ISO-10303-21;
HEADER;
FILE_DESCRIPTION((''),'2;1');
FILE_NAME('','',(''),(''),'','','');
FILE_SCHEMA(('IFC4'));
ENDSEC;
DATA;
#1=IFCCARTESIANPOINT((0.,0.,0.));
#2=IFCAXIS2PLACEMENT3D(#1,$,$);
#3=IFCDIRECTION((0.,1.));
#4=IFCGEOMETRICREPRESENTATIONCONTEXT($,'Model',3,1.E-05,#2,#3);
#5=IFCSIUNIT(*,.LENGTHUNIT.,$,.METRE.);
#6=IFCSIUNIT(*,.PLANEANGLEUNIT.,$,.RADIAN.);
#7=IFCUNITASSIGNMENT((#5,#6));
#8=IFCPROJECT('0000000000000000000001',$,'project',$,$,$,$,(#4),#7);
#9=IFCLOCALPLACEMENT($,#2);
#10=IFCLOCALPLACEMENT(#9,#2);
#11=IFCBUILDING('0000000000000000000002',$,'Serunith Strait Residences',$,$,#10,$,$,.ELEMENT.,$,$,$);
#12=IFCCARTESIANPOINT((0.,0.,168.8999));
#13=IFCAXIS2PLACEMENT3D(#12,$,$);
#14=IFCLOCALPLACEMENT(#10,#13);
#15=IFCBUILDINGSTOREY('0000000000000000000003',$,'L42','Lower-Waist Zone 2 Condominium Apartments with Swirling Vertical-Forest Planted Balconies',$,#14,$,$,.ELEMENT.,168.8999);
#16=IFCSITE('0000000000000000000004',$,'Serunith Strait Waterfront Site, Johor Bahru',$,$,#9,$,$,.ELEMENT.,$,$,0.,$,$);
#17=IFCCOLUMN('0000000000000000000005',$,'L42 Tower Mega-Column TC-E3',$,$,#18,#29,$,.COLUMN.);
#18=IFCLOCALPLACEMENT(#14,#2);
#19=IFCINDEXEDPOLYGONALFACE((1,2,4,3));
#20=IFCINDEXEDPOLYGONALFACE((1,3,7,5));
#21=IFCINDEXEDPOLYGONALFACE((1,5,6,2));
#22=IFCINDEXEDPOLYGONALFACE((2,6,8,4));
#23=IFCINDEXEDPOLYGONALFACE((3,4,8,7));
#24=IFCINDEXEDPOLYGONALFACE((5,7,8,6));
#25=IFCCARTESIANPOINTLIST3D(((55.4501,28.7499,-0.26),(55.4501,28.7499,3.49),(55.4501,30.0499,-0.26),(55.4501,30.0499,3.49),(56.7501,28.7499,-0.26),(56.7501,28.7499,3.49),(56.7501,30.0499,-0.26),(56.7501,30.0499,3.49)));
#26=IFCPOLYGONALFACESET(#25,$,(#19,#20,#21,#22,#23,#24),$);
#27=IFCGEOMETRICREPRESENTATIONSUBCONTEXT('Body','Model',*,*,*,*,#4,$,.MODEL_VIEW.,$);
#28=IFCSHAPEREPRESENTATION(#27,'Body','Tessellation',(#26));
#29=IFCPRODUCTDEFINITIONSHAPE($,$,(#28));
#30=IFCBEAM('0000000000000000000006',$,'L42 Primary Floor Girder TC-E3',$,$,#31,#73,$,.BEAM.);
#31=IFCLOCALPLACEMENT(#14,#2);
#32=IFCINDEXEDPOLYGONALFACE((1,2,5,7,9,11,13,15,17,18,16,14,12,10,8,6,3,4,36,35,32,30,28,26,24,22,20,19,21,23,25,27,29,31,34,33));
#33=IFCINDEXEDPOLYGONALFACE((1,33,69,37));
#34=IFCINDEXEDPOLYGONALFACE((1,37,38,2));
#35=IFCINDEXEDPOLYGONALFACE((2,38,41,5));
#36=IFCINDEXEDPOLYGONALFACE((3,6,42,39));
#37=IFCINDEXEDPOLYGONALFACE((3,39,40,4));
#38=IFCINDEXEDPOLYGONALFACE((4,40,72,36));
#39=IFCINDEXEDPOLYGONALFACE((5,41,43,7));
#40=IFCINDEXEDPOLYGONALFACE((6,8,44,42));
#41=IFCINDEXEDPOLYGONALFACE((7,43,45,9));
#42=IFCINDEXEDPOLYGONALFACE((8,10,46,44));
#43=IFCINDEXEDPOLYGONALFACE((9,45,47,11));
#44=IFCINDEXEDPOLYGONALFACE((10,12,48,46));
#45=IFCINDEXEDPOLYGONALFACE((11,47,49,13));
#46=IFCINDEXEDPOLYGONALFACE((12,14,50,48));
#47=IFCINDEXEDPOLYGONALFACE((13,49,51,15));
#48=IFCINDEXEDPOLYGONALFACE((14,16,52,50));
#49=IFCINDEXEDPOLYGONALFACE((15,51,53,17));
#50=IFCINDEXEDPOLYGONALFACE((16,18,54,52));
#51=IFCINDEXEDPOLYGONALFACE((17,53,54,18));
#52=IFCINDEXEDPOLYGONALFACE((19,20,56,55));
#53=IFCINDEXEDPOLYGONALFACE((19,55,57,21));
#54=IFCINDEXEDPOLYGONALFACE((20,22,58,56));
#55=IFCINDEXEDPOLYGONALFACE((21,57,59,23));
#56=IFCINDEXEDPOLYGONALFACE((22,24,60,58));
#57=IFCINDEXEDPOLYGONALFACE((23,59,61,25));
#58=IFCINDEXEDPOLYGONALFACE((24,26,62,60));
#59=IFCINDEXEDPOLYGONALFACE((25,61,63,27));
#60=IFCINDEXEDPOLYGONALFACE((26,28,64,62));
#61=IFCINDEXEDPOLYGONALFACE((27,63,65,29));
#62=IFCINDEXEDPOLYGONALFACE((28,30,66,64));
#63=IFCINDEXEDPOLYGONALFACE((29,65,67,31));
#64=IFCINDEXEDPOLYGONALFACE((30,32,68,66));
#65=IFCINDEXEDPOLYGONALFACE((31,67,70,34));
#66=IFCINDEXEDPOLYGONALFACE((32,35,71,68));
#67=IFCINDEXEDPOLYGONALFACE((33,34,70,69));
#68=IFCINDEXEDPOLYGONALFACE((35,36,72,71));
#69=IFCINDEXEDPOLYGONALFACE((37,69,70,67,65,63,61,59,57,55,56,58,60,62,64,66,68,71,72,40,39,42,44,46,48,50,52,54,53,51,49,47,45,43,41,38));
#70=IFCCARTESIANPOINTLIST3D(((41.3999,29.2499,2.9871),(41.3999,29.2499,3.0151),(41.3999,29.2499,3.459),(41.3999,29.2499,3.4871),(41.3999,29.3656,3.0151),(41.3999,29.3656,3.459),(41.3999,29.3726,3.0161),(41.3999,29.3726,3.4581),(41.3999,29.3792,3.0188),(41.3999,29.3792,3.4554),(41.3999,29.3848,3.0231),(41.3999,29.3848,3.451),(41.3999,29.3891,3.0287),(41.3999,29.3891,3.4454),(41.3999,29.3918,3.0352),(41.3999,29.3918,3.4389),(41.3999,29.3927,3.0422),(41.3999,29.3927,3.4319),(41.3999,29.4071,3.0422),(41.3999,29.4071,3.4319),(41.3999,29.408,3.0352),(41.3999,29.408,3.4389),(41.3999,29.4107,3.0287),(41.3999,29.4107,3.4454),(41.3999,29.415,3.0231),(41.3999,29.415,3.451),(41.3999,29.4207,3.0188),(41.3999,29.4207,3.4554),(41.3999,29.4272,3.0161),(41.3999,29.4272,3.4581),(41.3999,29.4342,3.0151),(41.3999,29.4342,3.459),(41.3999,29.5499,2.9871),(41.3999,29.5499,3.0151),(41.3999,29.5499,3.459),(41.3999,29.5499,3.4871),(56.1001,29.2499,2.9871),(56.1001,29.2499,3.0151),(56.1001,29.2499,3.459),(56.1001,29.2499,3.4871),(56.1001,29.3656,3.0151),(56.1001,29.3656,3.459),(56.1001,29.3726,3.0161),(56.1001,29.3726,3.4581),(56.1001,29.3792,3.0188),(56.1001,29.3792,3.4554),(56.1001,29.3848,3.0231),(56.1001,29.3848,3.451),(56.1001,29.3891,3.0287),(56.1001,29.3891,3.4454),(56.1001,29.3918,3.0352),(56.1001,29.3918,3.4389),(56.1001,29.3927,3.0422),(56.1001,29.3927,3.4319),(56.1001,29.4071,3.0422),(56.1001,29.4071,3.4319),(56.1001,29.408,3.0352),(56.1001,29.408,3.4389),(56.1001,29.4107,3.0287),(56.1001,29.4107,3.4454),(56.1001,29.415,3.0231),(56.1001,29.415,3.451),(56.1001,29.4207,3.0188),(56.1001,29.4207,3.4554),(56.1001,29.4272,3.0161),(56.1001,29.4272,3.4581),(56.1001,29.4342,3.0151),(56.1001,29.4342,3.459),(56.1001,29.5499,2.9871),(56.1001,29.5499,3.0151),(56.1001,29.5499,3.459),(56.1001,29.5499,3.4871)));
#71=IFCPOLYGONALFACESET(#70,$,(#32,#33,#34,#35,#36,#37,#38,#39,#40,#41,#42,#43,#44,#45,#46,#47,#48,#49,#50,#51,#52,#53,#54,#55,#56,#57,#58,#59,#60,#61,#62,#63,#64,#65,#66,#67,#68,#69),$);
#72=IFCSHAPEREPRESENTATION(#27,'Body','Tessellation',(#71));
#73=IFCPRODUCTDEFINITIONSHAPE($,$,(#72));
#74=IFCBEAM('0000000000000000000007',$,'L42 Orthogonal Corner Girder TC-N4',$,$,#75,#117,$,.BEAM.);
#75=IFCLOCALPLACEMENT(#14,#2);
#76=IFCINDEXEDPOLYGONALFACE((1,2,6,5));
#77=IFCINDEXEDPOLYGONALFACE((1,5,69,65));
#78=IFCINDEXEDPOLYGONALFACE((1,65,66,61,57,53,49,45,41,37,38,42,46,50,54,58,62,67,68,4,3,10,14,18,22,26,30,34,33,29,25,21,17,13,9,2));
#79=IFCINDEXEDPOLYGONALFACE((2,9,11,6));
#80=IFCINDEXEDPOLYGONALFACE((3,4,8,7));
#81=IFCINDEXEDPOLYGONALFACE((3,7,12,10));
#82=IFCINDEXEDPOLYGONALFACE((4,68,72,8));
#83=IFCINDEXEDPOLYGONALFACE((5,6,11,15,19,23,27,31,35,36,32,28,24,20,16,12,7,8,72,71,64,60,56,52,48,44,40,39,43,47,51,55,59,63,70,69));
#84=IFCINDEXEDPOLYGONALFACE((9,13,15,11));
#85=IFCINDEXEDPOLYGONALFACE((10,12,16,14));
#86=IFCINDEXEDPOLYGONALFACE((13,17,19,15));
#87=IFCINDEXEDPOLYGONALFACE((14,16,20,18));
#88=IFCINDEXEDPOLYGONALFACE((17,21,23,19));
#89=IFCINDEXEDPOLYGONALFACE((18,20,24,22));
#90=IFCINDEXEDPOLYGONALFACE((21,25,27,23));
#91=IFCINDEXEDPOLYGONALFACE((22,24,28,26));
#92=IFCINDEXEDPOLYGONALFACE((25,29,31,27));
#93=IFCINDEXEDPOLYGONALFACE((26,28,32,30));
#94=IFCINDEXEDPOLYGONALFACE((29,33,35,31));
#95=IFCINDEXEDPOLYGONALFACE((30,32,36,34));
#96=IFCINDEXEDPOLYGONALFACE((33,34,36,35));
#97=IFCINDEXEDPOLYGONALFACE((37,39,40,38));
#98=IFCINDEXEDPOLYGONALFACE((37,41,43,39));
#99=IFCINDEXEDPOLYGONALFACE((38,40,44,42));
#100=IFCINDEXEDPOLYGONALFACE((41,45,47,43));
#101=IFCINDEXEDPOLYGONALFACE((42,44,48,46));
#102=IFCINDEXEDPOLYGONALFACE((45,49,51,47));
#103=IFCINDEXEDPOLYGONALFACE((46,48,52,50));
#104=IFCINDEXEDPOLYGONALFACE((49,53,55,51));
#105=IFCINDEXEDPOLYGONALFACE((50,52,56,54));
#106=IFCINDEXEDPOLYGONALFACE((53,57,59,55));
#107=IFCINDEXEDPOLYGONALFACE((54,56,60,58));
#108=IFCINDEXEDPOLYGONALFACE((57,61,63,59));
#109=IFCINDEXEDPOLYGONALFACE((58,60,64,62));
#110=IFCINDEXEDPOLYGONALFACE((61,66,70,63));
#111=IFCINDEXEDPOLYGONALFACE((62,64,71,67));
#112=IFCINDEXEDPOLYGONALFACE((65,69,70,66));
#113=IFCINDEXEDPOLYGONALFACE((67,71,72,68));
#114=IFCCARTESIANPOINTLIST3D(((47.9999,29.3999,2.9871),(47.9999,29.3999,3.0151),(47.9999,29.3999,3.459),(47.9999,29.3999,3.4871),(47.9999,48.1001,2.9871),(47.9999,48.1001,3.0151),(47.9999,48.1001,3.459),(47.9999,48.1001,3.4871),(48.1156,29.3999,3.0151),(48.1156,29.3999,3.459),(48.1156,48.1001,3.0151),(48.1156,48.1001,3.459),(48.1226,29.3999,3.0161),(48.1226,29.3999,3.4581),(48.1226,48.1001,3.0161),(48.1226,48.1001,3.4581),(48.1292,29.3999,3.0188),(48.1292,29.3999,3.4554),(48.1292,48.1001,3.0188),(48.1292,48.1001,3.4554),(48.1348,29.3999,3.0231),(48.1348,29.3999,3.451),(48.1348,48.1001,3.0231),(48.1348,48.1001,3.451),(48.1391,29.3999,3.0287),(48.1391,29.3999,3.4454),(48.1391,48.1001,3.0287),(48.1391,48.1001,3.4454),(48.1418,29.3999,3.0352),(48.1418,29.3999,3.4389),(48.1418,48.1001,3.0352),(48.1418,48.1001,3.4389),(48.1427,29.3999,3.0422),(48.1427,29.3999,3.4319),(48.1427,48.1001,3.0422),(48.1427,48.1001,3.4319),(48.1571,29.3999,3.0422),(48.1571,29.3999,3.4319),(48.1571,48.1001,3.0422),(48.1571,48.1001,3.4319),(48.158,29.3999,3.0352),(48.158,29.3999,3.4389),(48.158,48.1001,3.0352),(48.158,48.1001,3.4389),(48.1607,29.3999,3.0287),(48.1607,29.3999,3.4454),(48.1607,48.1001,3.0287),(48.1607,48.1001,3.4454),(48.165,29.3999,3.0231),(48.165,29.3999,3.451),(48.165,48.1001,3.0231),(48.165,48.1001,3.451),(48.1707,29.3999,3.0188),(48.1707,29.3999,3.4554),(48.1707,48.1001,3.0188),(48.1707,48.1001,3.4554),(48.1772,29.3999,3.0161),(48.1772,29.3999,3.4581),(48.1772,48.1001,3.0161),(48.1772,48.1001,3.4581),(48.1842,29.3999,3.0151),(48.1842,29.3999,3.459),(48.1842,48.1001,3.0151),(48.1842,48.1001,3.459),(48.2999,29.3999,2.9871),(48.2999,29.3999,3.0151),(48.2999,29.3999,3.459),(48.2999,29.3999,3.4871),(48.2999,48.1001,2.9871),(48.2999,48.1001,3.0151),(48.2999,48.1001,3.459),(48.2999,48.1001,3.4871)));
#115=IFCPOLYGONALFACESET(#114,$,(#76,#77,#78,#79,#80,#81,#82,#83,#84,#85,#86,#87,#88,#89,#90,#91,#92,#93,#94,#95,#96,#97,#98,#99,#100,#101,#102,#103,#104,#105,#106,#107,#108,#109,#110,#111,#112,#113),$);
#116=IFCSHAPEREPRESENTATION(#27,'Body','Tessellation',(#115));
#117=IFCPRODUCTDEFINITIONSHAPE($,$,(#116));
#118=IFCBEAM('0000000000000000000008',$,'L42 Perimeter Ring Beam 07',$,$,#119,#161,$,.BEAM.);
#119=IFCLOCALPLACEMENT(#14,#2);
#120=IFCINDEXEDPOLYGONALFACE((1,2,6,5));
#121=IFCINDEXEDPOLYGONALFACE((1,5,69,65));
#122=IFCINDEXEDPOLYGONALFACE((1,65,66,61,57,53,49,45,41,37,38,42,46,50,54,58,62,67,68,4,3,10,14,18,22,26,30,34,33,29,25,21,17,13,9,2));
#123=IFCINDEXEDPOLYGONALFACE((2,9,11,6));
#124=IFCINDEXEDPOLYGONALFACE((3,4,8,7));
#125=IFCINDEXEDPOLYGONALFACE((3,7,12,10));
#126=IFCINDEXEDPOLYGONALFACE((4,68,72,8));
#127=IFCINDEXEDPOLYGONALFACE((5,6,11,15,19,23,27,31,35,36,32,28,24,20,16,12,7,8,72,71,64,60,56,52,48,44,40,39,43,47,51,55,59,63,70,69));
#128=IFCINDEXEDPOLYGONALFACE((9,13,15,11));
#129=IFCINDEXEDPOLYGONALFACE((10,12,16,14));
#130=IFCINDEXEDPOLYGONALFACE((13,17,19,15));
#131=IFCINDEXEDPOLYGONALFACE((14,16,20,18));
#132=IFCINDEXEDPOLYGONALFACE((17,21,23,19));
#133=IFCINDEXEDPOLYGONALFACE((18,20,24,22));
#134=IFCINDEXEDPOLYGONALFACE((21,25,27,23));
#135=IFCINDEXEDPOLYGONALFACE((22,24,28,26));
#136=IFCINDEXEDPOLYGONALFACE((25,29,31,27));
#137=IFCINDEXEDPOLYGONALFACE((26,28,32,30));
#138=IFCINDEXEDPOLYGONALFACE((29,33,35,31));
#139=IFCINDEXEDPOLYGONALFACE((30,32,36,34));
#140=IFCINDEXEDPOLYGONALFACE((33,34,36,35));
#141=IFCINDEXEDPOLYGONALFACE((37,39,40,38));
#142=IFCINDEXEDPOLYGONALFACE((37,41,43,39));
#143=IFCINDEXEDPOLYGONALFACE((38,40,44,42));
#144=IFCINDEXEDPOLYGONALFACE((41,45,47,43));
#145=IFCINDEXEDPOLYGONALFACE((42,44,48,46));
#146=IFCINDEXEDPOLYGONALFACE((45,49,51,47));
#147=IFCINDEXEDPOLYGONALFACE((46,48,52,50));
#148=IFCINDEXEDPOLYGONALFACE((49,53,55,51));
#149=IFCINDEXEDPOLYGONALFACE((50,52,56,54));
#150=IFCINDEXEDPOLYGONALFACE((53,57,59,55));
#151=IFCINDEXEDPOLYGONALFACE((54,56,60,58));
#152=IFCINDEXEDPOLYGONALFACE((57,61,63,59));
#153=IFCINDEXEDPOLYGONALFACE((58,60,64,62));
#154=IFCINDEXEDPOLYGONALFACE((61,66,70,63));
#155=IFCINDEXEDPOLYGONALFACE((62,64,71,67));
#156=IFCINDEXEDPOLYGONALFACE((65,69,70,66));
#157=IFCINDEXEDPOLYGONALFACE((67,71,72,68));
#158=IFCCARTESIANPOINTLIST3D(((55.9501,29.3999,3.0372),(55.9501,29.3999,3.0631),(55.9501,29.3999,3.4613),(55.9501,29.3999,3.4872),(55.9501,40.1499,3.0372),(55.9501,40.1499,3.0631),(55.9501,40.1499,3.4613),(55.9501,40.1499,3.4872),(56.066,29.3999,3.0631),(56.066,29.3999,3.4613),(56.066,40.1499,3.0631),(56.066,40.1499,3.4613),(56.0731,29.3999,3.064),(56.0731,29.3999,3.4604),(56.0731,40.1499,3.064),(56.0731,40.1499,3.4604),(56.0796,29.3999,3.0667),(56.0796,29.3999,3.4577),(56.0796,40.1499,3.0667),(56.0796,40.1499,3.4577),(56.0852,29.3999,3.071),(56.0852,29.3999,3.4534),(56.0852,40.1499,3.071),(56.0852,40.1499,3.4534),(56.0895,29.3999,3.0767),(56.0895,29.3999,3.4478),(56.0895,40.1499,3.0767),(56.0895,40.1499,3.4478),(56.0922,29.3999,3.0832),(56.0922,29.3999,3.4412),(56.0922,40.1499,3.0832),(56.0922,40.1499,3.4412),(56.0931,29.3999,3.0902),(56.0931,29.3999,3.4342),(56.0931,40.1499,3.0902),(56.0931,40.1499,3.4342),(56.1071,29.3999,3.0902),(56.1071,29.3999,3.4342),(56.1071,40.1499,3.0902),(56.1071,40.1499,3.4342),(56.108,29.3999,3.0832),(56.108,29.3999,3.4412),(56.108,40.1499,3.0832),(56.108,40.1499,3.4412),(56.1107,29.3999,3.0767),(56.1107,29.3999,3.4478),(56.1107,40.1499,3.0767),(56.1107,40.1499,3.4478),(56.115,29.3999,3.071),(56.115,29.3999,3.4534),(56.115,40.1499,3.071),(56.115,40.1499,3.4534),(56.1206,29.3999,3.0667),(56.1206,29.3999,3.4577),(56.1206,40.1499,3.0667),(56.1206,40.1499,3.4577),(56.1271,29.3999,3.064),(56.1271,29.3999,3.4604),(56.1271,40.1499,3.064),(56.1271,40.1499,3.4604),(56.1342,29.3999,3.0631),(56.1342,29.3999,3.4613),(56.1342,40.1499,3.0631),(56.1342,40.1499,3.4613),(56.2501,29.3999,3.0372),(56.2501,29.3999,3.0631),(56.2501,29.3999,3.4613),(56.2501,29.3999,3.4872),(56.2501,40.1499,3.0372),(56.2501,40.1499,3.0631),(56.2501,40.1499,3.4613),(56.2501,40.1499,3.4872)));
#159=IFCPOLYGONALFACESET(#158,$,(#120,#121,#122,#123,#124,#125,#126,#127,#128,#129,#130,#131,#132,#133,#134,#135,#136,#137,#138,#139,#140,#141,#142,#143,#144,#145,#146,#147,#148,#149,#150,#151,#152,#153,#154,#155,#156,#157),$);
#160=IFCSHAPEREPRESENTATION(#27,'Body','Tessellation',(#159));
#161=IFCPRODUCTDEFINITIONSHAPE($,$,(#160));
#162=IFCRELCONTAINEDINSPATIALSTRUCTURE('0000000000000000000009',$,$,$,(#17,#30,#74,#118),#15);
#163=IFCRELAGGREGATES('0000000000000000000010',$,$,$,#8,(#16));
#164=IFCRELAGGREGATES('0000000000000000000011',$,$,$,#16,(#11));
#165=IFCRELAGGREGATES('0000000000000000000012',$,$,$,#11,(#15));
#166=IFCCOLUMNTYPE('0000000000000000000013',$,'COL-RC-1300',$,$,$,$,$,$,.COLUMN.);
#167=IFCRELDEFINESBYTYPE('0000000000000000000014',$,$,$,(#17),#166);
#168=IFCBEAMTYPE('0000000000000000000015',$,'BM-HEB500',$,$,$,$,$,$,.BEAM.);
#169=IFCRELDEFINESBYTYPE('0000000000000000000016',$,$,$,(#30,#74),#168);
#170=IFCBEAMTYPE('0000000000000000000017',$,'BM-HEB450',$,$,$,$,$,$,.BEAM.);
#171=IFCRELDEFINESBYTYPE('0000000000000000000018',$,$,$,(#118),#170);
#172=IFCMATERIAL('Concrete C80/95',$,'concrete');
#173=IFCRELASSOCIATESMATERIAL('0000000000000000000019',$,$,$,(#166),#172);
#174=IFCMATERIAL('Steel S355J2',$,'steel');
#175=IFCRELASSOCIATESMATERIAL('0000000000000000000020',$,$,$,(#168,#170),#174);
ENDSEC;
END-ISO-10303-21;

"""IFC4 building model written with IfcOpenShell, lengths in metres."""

from ifc_helpers import new_model, si_unit, direction, frame, origin, origin_2d, place, context, subcontext, project, spatial, rectangle, i_section, extrude, source, transform, mapped, material, material_profile, profile_set, type_object, element, save


model = new_model("IFC4")

# Units and contexts
model_context = context("Model", 3, precision=1e-05, world=origin(), true_north=direction((0.0, 1.0)))
body_context = subcontext(model_context, "Body", "Model", "MODEL_VIEW")
ifc_project = project(units=[si_unit("LENGTHUNIT", "METRE"), si_unit("PLANEANGLEUNIT", "RADIAN")], contexts=[model_context])

# Site, building, storey
site_placement = place(None, origin())
site = spatial("IfcSite", under=ifc_project, at=site_placement, Name="Serunith Strait Waterfront Site, Johor Bahru", CompositionType="ELEMENT", RefElevation=0.0)
building_placement = place(site_placement, origin())
building = spatial("IfcBuilding", under=site, at=building_placement, Name="Serunith Strait Residences", CompositionType="ELEMENT")
storey_placement = place(building_placement, frame((0.0, 0.0, 168.8999)))
storey = spatial("IfcBuildingStorey", under=building, at=storey_placement, Name="L42", Description="Lower-Waist Zone 2 Condominium Apartments with Swirling Vertical-Forest Planted Balconies", CompositionType="ELEMENT", Elevation=168.8999)

# Column
ifc_material_1 = material(Name="Concrete C80/95", Category="concrete")
ifc_material_profile_1 = material_profile(ifc_material_1, rectangle(XDim=1.3, YDim=1.3, at=origin_2d()), Name="RC 1300x1300")
ifc_profile_set_1 = profile_set([ifc_material_profile_1], Name="Concrete C80/95")
column_type = type_object("IfcColumnType", Name="COL-RC-1300", PredefinedType="COLUMN", material=ifc_profile_set_1)
shared_shape_1 = source(origin(), body_context, "Body", "SweptSolid", [
    extrude(rectangle(XDim=1.3, YDim=1.3, at=origin_2d()), origin(), (0.0, 0.0, 1.0), 3.75),
])
column_placement = place(storey_placement, frame((56.1001, 29.3999, -0.26), z_axis=(0.0, 0.0, 1.0), x_axis=(1.0, 0.0, 0.0)))
element("IfcColumn", 1, at=column_placement, inside=storey, type_object=column_type, Name="L42 Tower Mega-Column TC-E3", PredefinedType="COLUMN", context=body_context, shape_type="MappedRepresentation", body=[
    mapped(shared_shape_1, transform((0.0, 0.0, 0.0), scale=1.0)),
])

# Beams
ifc_material_2 = material(Name="Steel S355J2", Category="steel")
ifc_material_profile_2 = material_profile(ifc_material_2, i_section(OverallWidth=0.3, OverallDepth=0.5, WebThickness=0.0144, FlangeThickness=0.0281, FilletRadius=0.0271, at=origin_2d()), Name="HEB 500")
ifc_profile_set_2 = profile_set([ifc_material_profile_2], Name="Steel S355J2")
beam_type_1 = type_object("IfcBeamType", Name="BM-HEB500", PredefinedType="BEAM", material=ifc_profile_set_2)
shared_shape_2 = source(origin(), body_context, "Body", "SweptSolid", [
    extrude(i_section(OverallWidth=0.3, OverallDepth=0.5, WebThickness=0.0144, FlangeThickness=0.0281, FilletRadius=0.0271, at=origin_2d()), origin(), (0.0, 0.0, 1.0), 14.7002),
])
beam_1_placement = place(storey_placement, frame((41.3999, 29.3999, 3.2371), z_axis=(1.0, 0.0, 0.0), x_axis=(0.0, 1.0, 0.0)))
element("IfcBeam", 2, at=beam_1_placement, inside=storey, type_object=beam_type_1, Name="L42 Primary Floor Girder TC-E3", PredefinedType="BEAM", context=body_context, shape_type="MappedRepresentation", body=[
    mapped(shared_shape_2, transform((0.0, 0.0, 0.0), scale=1.0)),
])
shared_shape_3 = source(origin(), body_context, "Body", "SweptSolid", [
    extrude(i_section(OverallWidth=0.3, OverallDepth=0.5, WebThickness=0.0144, FlangeThickness=0.0281, FilletRadius=0.0271, at=origin_2d()), origin(), (0.0, 0.0, 1.0), 18.7002),
])
beam_2_placement = place(storey_placement, frame((48.1499, 29.3999, 3.2371), z_axis=(0.0, 1.0, 0.0), x_axis=(-1.0, 0.0, 0.0)))
element("IfcBeam", 3, at=beam_2_placement, inside=storey, type_object=beam_type_1, Name="L42 Orthogonal Corner Girder TC-N4", PredefinedType="BEAM", context=body_context, shape_type="MappedRepresentation", body=[
    mapped(shared_shape_3, transform((0.0, 0.0, 0.0), scale=1.0)),
])
ifc_material_profile_3 = material_profile(ifc_material_2, i_section(OverallWidth=0.3, OverallDepth=0.45, WebThickness=0.0139, FlangeThickness=0.0259, FilletRadius=0.0271, at=origin_2d()), Name="HEB 450")
ifc_profile_set_3 = profile_set([ifc_material_profile_3], Name="Steel S355J2")
beam_type_2 = type_object("IfcBeamType", Name="BM-HEB450", PredefinedType="BEAM", material=ifc_profile_set_3)
shared_shape_4 = source(origin(), body_context, "Body", "SweptSolid", [
    extrude(i_section(OverallWidth=0.3, OverallDepth=0.45, WebThickness=0.0139, FlangeThickness=0.0259, FilletRadius=0.0271, at=origin_2d()), origin(), (0.0, 0.0, 1.0), 10.75),
])
beam_3_placement = place(storey_placement, frame((56.1001, 29.3999, 3.2622), z_axis=(0.0, 1.0, 0.0), x_axis=(-1.0, 0.0, 0.0)))
element("IfcBeam", 4, at=beam_3_placement, inside=storey, type_object=beam_type_2, Name="L42 Perimeter Ring Beam 07", PredefinedType="BEAM", context=body_context, shape_type="MappedRepresentation", body=[
    mapped(shared_shape_4, transform((0.0, 0.0, 0.0), scale=1.0)),
])

save(model, "model.ifc")
